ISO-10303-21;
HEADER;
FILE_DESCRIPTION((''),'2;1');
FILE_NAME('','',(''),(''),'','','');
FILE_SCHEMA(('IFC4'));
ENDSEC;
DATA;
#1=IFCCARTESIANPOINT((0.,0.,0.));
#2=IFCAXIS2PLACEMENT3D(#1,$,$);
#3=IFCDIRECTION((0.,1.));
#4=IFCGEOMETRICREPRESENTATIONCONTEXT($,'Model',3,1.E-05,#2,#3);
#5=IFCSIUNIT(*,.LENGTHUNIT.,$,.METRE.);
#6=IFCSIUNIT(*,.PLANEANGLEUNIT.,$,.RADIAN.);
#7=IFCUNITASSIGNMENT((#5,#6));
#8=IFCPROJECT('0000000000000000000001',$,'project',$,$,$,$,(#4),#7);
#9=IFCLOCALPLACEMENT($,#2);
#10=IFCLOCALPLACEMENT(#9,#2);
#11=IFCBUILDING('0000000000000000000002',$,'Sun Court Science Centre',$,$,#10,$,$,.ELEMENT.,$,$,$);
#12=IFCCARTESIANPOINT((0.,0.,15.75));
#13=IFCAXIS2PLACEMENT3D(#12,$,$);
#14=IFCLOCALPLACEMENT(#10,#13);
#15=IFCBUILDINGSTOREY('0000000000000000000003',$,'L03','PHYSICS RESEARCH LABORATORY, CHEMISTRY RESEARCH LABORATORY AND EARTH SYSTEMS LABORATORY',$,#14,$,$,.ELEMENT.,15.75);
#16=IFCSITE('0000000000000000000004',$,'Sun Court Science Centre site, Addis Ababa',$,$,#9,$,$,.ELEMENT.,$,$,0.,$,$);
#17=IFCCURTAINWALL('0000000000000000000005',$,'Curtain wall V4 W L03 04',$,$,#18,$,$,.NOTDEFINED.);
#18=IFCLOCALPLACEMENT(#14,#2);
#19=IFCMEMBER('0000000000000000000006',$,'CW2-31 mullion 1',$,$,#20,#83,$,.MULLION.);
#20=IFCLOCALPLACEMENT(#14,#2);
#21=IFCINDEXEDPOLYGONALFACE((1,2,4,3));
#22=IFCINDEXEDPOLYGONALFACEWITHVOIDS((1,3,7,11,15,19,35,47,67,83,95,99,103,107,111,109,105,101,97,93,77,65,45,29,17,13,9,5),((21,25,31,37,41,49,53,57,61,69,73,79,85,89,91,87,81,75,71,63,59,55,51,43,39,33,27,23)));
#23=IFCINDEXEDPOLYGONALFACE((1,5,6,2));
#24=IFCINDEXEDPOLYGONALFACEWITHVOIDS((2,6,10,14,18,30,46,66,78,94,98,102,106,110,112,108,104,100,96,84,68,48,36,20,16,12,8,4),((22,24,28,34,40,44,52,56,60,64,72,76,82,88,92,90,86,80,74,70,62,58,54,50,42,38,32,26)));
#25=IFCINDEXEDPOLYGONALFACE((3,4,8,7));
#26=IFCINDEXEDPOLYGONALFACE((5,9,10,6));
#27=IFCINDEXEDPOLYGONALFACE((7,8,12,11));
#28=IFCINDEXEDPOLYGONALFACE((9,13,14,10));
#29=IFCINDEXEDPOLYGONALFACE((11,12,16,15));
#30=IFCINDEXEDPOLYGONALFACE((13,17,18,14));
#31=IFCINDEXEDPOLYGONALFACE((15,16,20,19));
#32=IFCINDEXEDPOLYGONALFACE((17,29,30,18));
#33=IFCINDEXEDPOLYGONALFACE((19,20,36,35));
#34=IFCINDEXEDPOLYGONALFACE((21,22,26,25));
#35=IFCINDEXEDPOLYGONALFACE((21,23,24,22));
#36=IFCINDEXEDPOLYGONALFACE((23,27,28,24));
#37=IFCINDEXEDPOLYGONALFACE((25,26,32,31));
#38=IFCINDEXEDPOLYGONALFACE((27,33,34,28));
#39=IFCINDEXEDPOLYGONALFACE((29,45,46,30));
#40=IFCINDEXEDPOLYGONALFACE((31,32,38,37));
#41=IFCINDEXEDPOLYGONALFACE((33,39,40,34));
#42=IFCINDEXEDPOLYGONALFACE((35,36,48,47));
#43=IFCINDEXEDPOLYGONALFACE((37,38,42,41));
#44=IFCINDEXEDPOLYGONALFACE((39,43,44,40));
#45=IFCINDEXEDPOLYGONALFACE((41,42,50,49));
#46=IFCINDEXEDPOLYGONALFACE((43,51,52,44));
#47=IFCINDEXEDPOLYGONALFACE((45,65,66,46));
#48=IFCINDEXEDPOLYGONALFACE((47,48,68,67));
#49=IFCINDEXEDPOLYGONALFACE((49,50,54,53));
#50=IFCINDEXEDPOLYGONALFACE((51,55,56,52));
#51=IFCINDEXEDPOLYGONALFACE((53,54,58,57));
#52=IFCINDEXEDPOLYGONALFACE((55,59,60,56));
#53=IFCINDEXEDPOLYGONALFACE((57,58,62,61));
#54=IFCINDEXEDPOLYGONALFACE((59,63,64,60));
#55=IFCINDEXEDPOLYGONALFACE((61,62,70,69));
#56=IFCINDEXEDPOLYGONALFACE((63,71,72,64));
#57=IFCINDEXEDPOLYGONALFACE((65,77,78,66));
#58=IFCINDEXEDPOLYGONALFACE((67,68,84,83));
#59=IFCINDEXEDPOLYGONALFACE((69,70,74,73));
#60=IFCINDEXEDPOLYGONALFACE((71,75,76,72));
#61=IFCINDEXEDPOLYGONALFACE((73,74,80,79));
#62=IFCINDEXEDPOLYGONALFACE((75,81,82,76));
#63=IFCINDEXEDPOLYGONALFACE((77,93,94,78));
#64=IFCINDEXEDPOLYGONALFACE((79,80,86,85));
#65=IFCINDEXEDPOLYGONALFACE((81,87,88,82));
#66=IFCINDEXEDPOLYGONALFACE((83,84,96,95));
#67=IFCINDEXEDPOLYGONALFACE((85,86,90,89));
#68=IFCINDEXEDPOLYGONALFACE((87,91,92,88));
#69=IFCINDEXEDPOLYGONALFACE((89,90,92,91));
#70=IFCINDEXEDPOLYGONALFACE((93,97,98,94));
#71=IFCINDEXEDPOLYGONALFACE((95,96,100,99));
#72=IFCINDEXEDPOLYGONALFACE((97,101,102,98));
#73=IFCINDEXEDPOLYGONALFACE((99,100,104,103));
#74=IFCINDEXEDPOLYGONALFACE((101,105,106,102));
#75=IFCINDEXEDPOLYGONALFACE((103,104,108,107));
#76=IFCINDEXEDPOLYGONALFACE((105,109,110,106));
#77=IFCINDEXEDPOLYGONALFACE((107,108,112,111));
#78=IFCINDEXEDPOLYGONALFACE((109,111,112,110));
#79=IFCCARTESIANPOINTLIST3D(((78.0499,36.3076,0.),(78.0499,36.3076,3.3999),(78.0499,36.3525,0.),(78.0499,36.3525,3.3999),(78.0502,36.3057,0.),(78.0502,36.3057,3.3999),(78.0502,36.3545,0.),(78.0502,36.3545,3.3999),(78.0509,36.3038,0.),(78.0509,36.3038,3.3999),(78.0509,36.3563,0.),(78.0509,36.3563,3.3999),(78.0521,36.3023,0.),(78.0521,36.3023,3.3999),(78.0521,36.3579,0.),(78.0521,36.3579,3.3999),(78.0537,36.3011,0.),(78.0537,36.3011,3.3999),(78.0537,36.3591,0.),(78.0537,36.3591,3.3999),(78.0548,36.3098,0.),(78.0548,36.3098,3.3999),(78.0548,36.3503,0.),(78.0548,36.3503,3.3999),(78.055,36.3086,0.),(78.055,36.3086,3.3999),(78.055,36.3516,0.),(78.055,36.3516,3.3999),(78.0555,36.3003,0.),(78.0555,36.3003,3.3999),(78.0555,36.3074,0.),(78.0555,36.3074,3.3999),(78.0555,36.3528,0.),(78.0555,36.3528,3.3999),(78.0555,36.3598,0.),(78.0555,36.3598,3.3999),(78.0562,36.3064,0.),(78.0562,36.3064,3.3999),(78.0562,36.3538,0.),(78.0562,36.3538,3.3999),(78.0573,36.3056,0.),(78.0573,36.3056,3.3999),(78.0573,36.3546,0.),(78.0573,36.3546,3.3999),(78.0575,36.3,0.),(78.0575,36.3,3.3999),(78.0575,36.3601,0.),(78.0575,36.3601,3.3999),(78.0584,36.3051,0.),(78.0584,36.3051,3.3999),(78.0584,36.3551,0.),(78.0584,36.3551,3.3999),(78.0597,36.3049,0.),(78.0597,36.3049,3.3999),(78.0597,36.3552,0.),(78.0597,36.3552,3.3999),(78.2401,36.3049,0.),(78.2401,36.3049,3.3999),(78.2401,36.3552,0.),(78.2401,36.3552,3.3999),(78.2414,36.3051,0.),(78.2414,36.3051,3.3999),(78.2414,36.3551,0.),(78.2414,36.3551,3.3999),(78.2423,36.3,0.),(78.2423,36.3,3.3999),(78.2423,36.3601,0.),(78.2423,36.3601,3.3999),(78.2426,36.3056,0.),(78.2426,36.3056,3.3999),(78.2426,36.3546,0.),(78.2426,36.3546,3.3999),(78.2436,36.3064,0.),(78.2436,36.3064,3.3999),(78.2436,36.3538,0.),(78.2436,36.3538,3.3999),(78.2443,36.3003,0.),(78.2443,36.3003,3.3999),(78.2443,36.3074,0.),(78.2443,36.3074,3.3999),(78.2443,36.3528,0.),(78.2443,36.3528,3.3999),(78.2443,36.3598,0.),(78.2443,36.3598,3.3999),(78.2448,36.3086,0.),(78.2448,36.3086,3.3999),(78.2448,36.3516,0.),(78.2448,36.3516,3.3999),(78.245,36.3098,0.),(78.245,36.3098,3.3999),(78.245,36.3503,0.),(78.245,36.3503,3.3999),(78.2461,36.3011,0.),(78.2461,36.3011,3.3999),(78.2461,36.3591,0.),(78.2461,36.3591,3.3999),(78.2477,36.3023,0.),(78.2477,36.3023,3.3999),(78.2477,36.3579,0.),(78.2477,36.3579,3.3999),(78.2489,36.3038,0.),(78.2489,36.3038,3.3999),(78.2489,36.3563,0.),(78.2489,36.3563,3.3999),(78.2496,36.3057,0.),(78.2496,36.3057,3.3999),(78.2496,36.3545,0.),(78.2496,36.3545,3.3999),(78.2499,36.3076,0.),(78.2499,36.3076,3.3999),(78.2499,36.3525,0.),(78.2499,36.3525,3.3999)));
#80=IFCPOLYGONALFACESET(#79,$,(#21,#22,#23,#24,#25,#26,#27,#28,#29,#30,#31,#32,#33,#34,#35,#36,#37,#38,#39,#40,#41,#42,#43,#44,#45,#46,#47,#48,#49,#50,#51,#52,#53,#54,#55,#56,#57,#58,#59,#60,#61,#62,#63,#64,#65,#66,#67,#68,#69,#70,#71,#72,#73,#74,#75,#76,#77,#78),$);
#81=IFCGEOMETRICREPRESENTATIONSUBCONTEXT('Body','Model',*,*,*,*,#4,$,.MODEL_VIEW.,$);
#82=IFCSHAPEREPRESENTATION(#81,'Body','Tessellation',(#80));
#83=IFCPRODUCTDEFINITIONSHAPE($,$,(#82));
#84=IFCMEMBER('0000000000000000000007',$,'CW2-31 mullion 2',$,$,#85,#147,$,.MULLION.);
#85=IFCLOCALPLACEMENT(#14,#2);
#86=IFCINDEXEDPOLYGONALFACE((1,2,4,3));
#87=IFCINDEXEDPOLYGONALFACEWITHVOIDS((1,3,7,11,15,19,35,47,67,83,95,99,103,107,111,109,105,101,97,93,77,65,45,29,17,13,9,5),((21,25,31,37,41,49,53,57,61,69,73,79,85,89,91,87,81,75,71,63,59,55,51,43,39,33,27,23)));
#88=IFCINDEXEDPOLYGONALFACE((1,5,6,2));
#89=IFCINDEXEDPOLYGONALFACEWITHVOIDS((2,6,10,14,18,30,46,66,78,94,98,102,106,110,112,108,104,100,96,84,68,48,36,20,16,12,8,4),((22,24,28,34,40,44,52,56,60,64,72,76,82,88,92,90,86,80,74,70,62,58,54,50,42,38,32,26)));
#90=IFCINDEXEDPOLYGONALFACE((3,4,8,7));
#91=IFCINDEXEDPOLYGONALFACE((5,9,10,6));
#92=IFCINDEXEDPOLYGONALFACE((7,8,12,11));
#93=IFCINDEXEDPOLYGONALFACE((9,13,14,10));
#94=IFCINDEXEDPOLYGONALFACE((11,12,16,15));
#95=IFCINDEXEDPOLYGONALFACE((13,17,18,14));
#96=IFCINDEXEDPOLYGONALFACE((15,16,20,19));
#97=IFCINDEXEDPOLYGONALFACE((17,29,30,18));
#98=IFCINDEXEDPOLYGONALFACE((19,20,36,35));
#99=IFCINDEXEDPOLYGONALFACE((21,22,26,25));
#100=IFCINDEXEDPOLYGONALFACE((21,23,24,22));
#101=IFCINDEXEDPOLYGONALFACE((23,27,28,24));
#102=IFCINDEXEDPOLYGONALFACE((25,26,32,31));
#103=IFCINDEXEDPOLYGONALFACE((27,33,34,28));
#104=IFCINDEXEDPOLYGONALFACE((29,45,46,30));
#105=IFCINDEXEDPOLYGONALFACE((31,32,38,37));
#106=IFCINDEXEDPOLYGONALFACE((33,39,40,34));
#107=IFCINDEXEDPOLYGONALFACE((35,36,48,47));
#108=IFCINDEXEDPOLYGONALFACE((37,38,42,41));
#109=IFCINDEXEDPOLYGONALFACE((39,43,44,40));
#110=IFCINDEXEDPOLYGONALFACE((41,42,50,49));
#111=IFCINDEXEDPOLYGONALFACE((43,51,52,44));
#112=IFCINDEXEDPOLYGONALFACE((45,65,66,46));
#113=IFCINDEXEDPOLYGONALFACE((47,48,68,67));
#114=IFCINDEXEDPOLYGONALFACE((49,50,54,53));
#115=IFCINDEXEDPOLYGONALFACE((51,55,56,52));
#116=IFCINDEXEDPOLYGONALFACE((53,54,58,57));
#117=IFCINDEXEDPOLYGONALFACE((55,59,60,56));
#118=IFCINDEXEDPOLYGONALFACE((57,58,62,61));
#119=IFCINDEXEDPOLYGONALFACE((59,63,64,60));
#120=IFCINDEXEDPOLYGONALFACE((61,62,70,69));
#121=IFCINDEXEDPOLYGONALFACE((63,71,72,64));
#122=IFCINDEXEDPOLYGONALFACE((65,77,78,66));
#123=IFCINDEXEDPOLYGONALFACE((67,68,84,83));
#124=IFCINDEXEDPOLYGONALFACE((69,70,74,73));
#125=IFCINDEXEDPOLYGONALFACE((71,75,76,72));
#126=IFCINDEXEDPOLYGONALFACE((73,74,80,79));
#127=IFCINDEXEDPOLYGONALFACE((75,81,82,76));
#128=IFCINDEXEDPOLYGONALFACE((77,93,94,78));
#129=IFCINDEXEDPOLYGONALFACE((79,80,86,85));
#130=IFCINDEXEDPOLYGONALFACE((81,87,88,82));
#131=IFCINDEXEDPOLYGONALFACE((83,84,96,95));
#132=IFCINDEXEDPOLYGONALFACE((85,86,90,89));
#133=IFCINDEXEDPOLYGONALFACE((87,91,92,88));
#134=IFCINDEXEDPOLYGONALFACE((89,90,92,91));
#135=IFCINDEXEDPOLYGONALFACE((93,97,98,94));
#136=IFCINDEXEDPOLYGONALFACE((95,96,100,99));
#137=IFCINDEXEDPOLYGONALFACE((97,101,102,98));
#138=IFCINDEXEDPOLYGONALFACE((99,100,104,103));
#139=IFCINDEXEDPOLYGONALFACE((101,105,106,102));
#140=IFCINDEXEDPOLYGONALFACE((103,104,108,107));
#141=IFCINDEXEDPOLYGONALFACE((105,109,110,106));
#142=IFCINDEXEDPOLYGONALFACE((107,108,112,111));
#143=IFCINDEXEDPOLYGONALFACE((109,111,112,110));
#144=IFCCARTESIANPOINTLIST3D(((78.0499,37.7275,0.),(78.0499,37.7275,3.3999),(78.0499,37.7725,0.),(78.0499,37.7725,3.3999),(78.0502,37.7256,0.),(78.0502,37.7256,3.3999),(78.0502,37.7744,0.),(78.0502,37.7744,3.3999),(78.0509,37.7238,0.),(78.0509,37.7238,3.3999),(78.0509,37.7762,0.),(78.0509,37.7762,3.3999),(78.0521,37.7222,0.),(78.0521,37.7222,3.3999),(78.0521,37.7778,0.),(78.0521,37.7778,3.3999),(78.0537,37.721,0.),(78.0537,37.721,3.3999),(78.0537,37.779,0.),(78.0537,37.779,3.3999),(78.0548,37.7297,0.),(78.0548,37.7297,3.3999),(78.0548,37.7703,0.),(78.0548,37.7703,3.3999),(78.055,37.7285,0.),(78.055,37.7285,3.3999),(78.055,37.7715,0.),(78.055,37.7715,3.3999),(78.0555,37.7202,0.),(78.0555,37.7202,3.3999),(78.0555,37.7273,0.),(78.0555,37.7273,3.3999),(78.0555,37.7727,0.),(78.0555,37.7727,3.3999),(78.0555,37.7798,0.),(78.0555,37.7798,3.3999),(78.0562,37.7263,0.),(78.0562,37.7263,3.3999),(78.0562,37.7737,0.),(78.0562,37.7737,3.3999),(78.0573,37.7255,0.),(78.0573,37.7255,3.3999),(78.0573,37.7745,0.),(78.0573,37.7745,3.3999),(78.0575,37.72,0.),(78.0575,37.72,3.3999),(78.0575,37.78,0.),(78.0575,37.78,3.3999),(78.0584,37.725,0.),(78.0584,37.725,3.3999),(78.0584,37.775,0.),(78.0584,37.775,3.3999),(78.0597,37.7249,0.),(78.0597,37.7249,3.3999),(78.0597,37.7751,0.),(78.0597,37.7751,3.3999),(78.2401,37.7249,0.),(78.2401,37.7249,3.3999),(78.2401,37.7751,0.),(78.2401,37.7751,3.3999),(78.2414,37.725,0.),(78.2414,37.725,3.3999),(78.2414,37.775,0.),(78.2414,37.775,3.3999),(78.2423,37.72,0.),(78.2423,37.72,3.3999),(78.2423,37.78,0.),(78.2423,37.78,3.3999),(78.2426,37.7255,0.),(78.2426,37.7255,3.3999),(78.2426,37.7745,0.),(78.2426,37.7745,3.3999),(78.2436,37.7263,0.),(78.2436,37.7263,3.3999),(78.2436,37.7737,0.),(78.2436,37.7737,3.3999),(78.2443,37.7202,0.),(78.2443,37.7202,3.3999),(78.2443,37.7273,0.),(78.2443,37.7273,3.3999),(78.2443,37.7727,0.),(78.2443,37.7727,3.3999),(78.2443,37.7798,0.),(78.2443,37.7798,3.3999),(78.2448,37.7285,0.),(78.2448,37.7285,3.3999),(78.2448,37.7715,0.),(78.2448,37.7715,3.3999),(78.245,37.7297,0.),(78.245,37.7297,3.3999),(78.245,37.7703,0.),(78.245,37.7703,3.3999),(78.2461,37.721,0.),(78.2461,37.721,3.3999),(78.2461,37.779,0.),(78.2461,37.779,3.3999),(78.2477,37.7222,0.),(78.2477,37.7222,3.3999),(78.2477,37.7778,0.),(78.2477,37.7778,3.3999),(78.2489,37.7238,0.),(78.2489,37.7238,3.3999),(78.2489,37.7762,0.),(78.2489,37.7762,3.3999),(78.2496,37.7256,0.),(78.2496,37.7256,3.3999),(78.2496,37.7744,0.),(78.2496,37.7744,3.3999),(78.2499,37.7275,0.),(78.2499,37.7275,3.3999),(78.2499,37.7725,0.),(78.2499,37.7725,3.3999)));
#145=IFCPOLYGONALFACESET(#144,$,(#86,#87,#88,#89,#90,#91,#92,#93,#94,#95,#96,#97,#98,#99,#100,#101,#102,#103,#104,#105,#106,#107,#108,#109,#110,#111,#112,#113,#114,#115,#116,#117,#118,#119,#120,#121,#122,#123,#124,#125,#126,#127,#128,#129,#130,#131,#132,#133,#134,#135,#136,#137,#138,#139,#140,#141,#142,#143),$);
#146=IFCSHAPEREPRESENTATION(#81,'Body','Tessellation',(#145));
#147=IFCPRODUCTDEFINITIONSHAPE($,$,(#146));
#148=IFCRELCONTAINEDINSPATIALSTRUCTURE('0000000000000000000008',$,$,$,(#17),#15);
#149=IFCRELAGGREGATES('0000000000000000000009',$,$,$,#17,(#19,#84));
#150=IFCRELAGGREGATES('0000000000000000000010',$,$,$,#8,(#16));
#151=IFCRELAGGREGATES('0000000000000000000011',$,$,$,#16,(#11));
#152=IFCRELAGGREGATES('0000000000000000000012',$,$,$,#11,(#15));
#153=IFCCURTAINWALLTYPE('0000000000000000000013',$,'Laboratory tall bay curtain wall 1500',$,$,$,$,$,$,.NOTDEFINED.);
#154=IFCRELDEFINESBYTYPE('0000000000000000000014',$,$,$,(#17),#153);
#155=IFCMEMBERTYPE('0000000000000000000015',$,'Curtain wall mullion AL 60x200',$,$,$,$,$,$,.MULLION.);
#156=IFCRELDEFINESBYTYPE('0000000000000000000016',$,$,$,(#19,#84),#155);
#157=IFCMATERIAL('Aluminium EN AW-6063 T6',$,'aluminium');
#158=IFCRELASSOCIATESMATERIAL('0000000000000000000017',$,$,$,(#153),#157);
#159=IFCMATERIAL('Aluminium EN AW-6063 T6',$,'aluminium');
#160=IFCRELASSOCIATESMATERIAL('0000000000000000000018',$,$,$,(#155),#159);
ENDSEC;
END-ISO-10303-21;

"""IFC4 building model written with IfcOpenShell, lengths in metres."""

from ifc_helpers import new_model, si_unit, direction, frame, origin, origin_2d, place, context, subcontext, project, spatial, hollow_rectangle, extrude, material, material_profile, profile_set, type_object, element, aggregate, save


model = new_model("IFC4")

# Units and contexts
model_context = context("Model", 3, precision=1e-05, world=origin(), true_north=direction((0.0, 1.0)))
body_context = subcontext(model_context, "Body", "Model", "MODEL_VIEW")
ifc_project = project(units=[si_unit("LENGTHUNIT", "METRE"), si_unit("PLANEANGLEUNIT", "RADIAN")], contexts=[model_context])

# Site, building, storey
site_placement = place(None, origin())
site = spatial("IfcSite", under=ifc_project, at=site_placement, Name="Sun Court Science Centre site, Addis Ababa", CompositionType="ELEMENT", RefElevation=0.0)
building_placement = place(site_placement, origin())
building = spatial("IfcBuilding", under=site, at=building_placement, Name="Sun Court Science Centre", CompositionType="ELEMENT")
storey_placement = place(building_placement, frame((0.0, 0.0, 15.75)))
storey = spatial("IfcBuildingStorey", under=building, at=storey_placement, Name="L03", Description="PHYSICS RESEARCH LABORATORY, CHEMISTRY RESEARCH LABORATORY AND EARTH SYSTEMS LABORATORY", CompositionType="ELEMENT", Elevation=15.75)

# Curtain wall, members
ifc_material_1 = material(Name="Aluminium EN AW-6063 T6", Category="aluminium")
curtain_wall_type = type_object("IfcCurtainWallType", Name="Laboratory tall bay curtain wall 1500", PredefinedType="NOTDEFINED", material=ifc_material_1)
curtain_wall_1_placement = place(storey_placement, origin())
curtain_wall_1 = element("IfcCurtainWall", 1, at=curtain_wall_1_placement, inside=storey, type_object=curtain_wall_type, Name="Curtain wall V4 W L03 04", PredefinedType="NOTDEFINED")
ifc_material_2 = material(Name="Aluminium EN AW-6063 T6", Category="aluminium")
ifc_material_profile_1 = material_profile(ifc_material_2, hollow_rectangle(XDim=0.0601, YDim=0.2, WallThickness=0.0049, InnerFilletRadius=0.0049, OuterFilletRadius=0.0076, at=origin_2d()), Name="AL 60x200x5")
ifc_profile_set_1 = profile_set([ifc_material_profile_1], Name="Aluminium EN AW-6063 T6")
member_type_1 = type_object("IfcMemberType", Name="Curtain wall mullion AL 60x200", PredefinedType="MULLION", material=ifc_profile_set_1)
member_1_placement = place(storey_placement, frame((78.1499, 36.3301, 0.0), z_axis=(0.0, 0.0, 1.0), x_axis=(0.0, 1.0, 0.0)))
member_1 = element("IfcMember", 2, at=member_1_placement, type_object=member_type_1, Name="CW2-31 mullion 1", PredefinedType="MULLION", context=body_context, shape_type="SweptSolid", body=[
    extrude(hollow_rectangle(XDim=0.0601, YDim=0.2, WallThickness=0.0049, InnerFilletRadius=0.0049, OuterFilletRadius=0.0076, at=origin_2d()), origin(), (0.0, 0.0, 1.0), 3.3999),
])
member_2_placement = place(storey_placement, frame((78.1499, 37.75, 0.0), z_axis=(0.0, 0.0, 1.0), x_axis=(0.0, 1.0, 0.0)))
member_2 = element("IfcMember", 3, at=member_2_placement, type_object=member_type_1, Name="CW2-31 mullion 2", PredefinedType="MULLION", context=body_context, shape_type="SweptSolid", body=[
    extrude(hollow_rectangle(XDim=0.0601, YDim=0.2, WallThickness=0.0049, InnerFilletRadius=0.0049, OuterFilletRadius=0.0076, at=origin_2d()), origin(), (0.0, 0.0, 1.0), 3.3999),
])

aggregate(curtain_wall_1, [member_1, member_2])

save(model, "model.ifc")
